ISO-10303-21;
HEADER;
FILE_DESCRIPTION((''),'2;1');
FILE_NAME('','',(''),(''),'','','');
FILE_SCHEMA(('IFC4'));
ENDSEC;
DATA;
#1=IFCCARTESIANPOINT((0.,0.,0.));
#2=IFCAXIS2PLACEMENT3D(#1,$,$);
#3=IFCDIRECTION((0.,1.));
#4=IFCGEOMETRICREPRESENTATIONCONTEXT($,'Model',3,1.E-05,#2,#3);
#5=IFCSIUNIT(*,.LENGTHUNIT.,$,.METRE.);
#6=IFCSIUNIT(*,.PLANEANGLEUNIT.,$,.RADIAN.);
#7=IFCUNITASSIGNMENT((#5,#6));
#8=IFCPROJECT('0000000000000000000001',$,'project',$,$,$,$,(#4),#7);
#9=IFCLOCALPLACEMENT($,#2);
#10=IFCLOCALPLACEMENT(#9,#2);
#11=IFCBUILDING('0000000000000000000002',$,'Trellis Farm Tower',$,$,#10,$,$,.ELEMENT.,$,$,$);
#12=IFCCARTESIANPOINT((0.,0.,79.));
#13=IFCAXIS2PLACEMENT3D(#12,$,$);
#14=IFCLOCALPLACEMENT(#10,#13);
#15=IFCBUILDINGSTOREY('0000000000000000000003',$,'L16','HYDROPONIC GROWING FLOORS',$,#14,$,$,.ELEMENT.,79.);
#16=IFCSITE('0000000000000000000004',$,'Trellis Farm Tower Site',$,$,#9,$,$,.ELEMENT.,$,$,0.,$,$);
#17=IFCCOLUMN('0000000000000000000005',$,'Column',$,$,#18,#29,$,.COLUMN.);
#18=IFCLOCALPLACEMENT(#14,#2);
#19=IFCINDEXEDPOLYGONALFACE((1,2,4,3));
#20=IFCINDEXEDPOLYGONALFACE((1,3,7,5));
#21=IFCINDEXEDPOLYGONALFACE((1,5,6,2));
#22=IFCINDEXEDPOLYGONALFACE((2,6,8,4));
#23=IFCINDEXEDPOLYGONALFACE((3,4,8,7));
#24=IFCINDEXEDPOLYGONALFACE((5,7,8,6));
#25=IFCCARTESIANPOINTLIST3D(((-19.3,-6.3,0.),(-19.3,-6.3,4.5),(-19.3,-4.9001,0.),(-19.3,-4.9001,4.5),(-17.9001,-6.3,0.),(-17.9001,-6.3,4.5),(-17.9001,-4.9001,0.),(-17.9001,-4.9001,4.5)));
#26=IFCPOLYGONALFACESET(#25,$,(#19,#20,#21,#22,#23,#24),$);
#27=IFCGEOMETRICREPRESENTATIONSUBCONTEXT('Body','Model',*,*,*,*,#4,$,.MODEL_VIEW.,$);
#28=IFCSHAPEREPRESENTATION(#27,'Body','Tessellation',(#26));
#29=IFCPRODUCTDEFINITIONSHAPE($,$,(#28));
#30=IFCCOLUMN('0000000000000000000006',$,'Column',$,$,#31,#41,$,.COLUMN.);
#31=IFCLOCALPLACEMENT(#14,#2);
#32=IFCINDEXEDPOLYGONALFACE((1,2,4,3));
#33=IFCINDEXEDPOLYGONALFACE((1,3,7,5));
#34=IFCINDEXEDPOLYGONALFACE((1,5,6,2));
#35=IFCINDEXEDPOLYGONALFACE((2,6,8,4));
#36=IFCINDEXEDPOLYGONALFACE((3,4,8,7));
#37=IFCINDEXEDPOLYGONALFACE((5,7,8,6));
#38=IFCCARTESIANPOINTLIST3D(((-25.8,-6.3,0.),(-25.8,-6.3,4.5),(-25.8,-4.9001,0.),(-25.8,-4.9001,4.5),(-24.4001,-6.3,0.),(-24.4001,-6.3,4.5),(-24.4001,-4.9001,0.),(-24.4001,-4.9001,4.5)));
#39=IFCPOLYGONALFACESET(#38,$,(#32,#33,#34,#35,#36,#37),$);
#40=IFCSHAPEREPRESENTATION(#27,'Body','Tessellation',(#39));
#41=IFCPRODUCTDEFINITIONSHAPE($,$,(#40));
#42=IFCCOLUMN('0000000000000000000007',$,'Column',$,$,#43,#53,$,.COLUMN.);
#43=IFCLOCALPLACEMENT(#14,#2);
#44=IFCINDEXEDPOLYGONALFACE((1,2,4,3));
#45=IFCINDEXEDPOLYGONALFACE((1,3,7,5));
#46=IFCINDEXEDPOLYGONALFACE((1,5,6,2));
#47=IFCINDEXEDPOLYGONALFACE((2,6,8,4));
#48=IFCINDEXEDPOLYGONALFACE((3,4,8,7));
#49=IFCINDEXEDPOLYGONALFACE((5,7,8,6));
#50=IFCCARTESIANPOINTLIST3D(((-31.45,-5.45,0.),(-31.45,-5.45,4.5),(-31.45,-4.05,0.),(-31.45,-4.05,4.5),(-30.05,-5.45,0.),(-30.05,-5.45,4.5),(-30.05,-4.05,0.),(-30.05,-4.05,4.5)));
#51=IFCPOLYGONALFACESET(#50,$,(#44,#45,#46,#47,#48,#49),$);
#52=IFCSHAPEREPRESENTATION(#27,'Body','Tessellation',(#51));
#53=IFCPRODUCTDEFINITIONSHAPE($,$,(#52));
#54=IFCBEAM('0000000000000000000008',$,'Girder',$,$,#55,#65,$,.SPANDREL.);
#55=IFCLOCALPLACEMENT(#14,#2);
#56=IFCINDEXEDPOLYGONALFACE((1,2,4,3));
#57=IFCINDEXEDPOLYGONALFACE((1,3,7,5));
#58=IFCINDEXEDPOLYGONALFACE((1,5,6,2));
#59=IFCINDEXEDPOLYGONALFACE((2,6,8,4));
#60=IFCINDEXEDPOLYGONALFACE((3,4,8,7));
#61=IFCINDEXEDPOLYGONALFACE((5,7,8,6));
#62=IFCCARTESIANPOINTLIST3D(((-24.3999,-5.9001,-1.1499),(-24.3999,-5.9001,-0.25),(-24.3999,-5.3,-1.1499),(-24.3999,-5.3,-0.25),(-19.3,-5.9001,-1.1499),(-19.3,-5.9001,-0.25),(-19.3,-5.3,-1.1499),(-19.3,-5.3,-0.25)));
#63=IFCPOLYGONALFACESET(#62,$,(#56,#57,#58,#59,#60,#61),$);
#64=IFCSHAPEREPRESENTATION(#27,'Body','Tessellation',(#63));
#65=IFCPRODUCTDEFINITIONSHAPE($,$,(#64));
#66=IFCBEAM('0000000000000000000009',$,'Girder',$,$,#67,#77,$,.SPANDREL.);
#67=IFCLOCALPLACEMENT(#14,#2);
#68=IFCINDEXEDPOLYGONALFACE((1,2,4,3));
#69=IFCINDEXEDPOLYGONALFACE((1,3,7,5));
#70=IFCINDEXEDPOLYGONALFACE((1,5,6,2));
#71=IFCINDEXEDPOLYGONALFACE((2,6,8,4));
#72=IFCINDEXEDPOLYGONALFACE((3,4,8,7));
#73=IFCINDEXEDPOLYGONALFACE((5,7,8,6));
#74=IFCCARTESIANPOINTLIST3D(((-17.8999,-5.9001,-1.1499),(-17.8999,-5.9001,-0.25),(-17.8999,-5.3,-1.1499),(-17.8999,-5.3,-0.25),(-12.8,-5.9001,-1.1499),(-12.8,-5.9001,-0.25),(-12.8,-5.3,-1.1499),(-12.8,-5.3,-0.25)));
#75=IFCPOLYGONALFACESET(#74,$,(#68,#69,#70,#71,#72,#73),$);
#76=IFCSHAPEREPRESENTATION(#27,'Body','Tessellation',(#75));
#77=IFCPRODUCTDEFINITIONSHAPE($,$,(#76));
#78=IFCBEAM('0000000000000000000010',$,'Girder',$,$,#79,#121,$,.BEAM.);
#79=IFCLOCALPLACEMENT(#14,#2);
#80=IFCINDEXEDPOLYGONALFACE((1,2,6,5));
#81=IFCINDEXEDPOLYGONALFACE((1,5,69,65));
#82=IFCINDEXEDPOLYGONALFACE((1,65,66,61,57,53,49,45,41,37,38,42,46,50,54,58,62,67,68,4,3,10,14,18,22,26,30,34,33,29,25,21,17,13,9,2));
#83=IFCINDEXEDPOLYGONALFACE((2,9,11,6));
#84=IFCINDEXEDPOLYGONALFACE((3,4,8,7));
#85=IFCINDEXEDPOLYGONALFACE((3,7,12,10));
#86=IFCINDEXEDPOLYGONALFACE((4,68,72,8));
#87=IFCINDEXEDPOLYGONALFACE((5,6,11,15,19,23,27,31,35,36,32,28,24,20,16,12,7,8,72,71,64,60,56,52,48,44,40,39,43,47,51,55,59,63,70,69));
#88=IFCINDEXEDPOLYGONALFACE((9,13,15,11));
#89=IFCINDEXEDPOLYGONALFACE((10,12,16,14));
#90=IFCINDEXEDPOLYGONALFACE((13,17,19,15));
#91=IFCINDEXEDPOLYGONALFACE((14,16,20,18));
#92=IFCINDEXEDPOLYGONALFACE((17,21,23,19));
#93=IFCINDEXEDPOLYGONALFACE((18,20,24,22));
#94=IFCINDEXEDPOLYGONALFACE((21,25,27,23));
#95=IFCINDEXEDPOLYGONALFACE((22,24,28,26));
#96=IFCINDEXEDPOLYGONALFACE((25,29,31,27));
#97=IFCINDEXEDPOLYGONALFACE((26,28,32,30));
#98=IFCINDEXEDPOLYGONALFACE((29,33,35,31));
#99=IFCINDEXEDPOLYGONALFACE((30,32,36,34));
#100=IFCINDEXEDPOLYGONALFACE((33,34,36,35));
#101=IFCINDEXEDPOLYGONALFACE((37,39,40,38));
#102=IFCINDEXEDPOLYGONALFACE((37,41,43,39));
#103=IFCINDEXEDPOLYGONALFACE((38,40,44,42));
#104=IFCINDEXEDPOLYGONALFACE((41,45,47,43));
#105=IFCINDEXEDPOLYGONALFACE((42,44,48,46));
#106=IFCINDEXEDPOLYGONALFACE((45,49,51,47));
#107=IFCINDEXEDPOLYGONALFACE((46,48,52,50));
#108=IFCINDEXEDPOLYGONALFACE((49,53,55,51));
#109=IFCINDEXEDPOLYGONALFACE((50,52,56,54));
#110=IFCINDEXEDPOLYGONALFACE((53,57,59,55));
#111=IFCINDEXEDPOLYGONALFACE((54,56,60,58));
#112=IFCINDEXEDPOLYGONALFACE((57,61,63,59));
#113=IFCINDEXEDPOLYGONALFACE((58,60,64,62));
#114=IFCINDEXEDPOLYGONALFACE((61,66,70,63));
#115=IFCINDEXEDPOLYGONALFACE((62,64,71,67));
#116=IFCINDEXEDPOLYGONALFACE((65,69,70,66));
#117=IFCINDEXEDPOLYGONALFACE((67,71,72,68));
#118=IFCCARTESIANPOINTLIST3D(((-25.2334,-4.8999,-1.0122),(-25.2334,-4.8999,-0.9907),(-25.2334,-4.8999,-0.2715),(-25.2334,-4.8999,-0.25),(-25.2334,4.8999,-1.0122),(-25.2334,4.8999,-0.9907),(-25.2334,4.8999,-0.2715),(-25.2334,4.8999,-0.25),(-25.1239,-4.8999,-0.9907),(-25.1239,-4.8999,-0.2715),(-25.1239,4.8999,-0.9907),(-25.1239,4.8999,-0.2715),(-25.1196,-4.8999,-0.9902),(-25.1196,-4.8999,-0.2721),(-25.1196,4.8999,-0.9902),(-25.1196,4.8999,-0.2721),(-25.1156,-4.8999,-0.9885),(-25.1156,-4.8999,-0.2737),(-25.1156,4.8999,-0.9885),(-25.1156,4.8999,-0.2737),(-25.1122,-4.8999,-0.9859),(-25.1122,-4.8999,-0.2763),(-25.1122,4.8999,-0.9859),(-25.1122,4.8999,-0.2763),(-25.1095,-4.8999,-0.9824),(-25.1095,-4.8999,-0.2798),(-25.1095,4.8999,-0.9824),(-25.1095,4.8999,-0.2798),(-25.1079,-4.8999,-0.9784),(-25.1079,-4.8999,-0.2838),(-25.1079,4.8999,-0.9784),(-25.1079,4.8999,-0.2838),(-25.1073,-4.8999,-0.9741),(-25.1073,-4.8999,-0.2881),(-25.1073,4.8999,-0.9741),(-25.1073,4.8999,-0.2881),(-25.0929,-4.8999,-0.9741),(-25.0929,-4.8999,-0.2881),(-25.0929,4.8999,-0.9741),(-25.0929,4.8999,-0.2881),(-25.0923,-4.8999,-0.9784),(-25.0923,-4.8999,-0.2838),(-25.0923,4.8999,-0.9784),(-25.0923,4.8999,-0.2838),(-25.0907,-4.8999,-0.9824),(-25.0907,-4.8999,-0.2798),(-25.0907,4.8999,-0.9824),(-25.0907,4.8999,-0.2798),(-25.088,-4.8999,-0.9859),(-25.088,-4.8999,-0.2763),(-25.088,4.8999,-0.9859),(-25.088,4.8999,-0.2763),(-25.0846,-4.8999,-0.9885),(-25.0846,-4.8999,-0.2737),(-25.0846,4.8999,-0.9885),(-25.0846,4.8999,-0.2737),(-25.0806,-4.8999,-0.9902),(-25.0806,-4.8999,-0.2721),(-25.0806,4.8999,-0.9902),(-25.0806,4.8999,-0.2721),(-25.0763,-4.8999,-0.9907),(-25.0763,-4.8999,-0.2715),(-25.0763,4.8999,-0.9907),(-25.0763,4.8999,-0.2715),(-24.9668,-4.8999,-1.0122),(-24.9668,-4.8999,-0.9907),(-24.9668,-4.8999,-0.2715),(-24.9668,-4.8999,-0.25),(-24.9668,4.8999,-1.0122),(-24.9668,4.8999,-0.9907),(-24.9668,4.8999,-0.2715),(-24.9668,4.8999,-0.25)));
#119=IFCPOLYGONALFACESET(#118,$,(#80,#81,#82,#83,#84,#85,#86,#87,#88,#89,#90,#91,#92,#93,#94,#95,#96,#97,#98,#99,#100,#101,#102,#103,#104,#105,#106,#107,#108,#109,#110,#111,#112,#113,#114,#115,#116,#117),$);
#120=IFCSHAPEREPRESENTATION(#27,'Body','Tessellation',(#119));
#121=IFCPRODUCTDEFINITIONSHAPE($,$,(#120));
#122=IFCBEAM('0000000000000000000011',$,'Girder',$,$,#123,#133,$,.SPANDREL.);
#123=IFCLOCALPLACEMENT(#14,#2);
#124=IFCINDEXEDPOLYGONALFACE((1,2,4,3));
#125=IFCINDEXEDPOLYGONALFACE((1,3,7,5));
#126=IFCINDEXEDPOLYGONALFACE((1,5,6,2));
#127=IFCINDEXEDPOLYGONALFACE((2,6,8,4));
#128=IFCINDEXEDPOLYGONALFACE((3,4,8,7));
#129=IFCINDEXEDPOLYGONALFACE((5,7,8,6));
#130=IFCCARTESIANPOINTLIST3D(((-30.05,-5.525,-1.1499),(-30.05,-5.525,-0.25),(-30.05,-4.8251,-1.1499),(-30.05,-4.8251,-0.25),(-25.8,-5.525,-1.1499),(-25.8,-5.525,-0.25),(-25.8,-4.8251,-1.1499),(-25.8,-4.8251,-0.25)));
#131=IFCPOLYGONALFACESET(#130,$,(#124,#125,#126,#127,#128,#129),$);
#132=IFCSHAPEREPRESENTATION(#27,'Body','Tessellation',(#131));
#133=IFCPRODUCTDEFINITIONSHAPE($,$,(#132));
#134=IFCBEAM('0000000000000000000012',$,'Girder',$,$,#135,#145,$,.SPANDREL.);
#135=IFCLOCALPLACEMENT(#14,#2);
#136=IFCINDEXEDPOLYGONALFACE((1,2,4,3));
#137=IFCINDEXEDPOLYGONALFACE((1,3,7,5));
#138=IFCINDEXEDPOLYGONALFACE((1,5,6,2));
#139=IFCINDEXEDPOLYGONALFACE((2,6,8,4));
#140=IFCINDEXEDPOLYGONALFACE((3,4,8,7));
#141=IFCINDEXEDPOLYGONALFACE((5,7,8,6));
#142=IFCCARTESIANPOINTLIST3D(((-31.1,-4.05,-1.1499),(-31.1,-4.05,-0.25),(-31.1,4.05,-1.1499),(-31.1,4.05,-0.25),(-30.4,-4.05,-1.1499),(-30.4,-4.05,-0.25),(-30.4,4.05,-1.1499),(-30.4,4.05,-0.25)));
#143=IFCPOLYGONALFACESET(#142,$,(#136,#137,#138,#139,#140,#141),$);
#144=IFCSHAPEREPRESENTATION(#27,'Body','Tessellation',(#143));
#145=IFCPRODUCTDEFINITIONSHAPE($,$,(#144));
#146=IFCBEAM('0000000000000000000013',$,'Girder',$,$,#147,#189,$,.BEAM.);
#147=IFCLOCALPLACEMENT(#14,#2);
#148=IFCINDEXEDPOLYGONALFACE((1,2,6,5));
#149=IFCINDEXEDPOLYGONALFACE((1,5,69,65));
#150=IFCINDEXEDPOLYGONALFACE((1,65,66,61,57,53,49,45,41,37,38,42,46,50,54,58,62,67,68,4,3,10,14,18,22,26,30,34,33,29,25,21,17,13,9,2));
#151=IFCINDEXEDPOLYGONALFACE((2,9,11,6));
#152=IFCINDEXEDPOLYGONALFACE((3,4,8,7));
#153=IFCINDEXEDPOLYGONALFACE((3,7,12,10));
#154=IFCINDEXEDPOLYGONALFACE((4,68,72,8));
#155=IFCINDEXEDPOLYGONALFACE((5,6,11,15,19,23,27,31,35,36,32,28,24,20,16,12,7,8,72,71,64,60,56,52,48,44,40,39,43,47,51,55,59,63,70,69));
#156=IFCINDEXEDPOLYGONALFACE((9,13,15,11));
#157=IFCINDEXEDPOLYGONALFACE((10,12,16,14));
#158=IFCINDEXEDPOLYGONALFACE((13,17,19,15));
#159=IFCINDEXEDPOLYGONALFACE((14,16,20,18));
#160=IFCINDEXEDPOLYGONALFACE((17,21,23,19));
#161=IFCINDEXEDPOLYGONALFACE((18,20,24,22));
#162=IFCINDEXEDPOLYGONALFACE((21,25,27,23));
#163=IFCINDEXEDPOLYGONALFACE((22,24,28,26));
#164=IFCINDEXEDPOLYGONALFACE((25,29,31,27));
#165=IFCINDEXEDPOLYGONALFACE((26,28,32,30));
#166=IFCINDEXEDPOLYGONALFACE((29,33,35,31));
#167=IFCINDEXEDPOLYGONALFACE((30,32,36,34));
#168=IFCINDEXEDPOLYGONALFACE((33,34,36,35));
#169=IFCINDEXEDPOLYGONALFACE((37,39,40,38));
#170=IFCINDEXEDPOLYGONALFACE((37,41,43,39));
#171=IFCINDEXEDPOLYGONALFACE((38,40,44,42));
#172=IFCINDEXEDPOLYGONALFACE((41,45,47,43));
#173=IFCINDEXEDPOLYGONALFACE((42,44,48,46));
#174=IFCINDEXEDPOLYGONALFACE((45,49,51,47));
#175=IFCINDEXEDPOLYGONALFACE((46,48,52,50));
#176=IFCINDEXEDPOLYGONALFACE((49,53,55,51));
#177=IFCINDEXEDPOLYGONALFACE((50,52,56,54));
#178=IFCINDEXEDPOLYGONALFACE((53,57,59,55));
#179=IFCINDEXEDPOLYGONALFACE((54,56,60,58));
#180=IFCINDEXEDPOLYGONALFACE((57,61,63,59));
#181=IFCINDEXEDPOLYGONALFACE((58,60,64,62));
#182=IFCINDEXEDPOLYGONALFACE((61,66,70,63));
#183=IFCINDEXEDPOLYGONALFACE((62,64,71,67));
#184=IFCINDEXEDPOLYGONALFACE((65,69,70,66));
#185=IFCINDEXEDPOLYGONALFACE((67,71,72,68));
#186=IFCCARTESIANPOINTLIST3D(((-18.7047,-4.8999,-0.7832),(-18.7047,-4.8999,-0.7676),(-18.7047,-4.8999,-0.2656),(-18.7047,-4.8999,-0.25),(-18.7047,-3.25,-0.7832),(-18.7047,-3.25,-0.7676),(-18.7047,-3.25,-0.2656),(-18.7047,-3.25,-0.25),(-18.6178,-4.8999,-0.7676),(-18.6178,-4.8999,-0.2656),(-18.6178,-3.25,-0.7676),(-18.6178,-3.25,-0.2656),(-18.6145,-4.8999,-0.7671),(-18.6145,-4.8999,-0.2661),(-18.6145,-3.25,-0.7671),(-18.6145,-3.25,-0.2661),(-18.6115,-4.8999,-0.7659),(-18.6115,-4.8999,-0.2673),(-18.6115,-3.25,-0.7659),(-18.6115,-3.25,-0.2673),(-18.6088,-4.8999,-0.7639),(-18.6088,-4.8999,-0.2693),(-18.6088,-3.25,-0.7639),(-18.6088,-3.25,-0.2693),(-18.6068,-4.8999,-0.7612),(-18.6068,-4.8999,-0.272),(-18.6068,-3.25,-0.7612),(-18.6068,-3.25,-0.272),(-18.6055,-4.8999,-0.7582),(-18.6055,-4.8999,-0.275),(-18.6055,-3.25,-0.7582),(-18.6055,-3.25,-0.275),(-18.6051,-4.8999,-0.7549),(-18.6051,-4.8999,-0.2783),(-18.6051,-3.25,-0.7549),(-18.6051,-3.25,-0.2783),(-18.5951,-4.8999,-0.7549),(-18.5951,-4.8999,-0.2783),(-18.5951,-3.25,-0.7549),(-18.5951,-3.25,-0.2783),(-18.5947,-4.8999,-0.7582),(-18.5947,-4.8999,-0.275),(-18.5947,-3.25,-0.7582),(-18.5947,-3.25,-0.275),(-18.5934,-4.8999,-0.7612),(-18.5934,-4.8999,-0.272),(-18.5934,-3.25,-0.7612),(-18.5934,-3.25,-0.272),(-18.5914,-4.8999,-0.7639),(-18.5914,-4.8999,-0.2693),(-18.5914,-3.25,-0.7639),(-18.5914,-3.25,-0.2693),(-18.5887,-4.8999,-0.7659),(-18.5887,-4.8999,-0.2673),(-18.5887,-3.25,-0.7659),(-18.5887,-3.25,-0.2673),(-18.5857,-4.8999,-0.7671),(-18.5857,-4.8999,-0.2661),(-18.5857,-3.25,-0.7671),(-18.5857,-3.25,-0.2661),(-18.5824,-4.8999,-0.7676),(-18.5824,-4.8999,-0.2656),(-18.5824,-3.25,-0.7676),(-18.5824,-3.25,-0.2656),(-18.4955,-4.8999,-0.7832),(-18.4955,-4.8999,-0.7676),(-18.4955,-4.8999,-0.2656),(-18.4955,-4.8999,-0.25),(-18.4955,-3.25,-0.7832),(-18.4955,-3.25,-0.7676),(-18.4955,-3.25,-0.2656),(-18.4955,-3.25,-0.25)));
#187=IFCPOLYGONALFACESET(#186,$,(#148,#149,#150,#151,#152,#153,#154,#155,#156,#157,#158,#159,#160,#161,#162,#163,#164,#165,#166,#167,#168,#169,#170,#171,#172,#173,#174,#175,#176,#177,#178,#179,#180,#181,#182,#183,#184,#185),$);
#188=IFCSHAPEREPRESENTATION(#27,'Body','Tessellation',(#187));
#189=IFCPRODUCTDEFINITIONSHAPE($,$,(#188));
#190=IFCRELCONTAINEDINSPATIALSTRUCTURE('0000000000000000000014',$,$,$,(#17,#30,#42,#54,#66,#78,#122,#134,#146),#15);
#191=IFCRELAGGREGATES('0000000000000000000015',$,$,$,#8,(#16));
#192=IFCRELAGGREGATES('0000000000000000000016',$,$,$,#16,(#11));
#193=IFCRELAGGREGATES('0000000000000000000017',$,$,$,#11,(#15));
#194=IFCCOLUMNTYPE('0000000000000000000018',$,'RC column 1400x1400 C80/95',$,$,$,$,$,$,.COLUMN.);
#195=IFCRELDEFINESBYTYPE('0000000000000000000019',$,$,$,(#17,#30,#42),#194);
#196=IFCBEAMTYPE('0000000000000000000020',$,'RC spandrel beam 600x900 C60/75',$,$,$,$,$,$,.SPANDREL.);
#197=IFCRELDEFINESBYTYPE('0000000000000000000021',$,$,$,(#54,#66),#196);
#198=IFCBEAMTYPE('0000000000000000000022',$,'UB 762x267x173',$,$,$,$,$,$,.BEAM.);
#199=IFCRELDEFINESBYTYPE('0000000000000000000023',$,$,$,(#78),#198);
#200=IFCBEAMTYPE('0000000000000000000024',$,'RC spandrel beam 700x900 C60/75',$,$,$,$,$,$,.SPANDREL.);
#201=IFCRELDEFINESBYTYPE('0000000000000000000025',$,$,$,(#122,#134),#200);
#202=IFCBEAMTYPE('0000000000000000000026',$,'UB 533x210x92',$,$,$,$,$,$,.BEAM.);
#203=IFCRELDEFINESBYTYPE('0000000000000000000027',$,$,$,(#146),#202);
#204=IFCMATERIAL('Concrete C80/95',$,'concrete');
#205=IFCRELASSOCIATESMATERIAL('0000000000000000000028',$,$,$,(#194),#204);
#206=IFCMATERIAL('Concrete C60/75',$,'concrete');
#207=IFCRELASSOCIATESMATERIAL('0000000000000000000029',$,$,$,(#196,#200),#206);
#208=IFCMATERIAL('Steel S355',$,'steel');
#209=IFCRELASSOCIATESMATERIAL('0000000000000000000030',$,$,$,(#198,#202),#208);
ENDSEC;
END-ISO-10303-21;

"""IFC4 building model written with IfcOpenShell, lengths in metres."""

from ifc_helpers import new_model, si_unit, direction, frame, origin, origin_2d, place, context, subcontext, project, spatial, rectangle, i_section, extrude, source, transform, mapped, material, material_profile, profile_set, type_object, element, save


model = new_model("IFC4")

# Units and contexts
model_context = context("Model", 3, precision=1e-05, world=origin(), true_north=direction((0.0, 1.0)))
body_context = subcontext(model_context, "Body", "Model", "MODEL_VIEW")
ifc_project = project(units=[si_unit("LENGTHUNIT", "METRE"), si_unit("PLANEANGLEUNIT", "RADIAN")], contexts=[model_context])

# Site, building, storey
site_placement = place(None, origin())
site = spatial("IfcSite", under=ifc_project, at=site_placement, Name="Trellis Farm Tower Site", CompositionType="ELEMENT", RefElevation=0.0)
building_placement = place(site_placement, origin())
building = spatial("IfcBuilding", under=site, at=building_placement, Name="Trellis Farm Tower", CompositionType="ELEMENT")
storey_placement = place(building_placement, frame((0.0, 0.0, 79.0)))
storey = spatial("IfcBuildingStorey", under=building, at=storey_placement, Name="L16", Description="HYDROPONIC GROWING FLOORS", CompositionType="ELEMENT", Elevation=79.0)

# Columns
ifc_material_1 = material(Name="Concrete C80/95", Category="concrete")
ifc_material_profile_1 = material_profile(ifc_material_1, rectangle(XDim=1.3999, YDim=1.3999, at=origin_2d()), Name="RC column 1400x1400 C80/95")
ifc_profile_set_1 = profile_set([ifc_material_profile_1], Name="Concrete C80/95")
column_type = type_object("IfcColumnType", Name="RC column 1400x1400 C80/95", PredefinedType="COLUMN", material=ifc_profile_set_1)
shared_shape_1 = source(origin(), body_context, "Body", "SweptSolid", [
    extrude(rectangle(XDim=1.3999, YDim=1.3999, at=origin_2d()), origin(), (0.0, 0.0, 1.0), 4.5),
])
for number, where, z_axis, x_axis, name in (
    (1, (-18.6001, -5.6001, 0.0), (0.0, 0.0, 1.0), (1.0, 0.0, 0.0), "Column"),
    (2, (-25.1001, -5.6001, 0.0), (0.0, 0.0, 1.0), (1.0, 0.0, 0.0), "Column"),
    (3, (-30.75, -4.75, 0.0), (0.0, 0.0, 1.0), (1.0, 0.0, 0.0), "Column"),
):
    element("IfcColumn", number, at=place(storey_placement, frame(where, z_axis=z_axis, x_axis=x_axis)), inside=storey, type_object=column_type, Name=name, PredefinedType="COLUMN", context=body_context, shape_type="MappedRepresentation", body=[
        mapped(shared_shape_1, transform((0.0, 0.0, 0.0))),
    ])

# Beams
ifc_material_2 = material(Name="Concrete C60/75", Category="concrete")
ifc_material_profile_2 = material_profile(ifc_material_2, rectangle(XDim=0.6001, YDim=0.8999, at=origin_2d()), Name="RC spandrel beam 600x900 C60/75")
ifc_profile_set_2 = profile_set([ifc_material_profile_2], Name="Concrete C60/75")
beam_type_1 = type_object("IfcBeamType", Name="RC spandrel beam 600x900 C60/75", PredefinedType="SPANDREL", material=ifc_profile_set_2)
shared_shape_2 = source(origin(), body_context, "Body", "SweptSolid", [
    extrude(rectangle(XDim=0.6001, YDim=0.8999, at=origin_2d()), origin(), (0.0, 0.0, 1.0), 5.0999),
])
for number, where, z_axis, x_axis, name in (
    (4, (-24.3999, -5.6001, -0.7), (1.0, 0.0, 0.0), (0.0, 1.0, 0.0), "Girder"),
    (5, (-17.8999, -5.6001, -0.7), (1.0, 0.0, 0.0), (0.0, 1.0, 0.0), "Girder"),
):
    element("IfcBeam", number, at=place(storey_placement, frame(where, z_axis=z_axis, x_axis=x_axis)), inside=storey, type_object=beam_type_1, Name=name, PredefinedType="SPANDREL", context=body_context, shape_type="MappedRepresentation", body=[
        mapped(shared_shape_2, transform((0.0, 0.0, 0.0))),
    ])
ifc_material_3 = material(Name="Steel S355", Category="steel")
ifc_material_profile_3 = material_profile(ifc_material_3, i_section(OverallWidth=0.2666, OverallDepth=0.7622, WebThickness=0.0144, FlangeThickness=0.0215, FilletRadius=0.0166, at=origin_2d()), Name="UB 762x267x173")
ifc_profile_set_3 = profile_set([ifc_material_profile_3], Name="Steel S355")
beam_type_2 = type_object("IfcBeamType", Name="UB 762x267x173", PredefinedType="BEAM", material=ifc_profile_set_3)
shared_shape_3 = source(origin(), body_context, "Body", "SweptSolid", [
    extrude(i_section(OverallWidth=0.2666, OverallDepth=0.7622, WebThickness=0.0144, FlangeThickness=0.0215, FilletRadius=0.0166, at=origin_2d()), origin(), (0.0, 0.0, 1.0), 9.7998),
])
beam_1_placement = place(storey_placement, frame((-25.1001, -4.8999, -0.6311), z_axis=(0.0, 1.0, 0.0), x_axis=(-1.0, 0.0, 0.0)))
element("IfcBeam", 6, at=beam_1_placement, inside=storey, type_object=beam_type_2, Name="Girder", PredefinedType="BEAM", context=body_context, shape_type="MappedRepresentation", body=[
    mapped(shared_shape_3, transform((0.0, 0.0, 0.0))),
])
ifc_material_profile_4 = material_profile(ifc_material_2, rectangle(XDim=0.7, YDim=0.8999, at=origin_2d()), Name="RC spandrel beam 700x900 C60/75")
ifc_profile_set_4 = profile_set([ifc_material_profile_4], Name="Concrete C60/75")
beam_type_3 = type_object("IfcBeamType", Name="RC spandrel beam 700x900 C60/75", PredefinedType="SPANDREL", material=ifc_profile_set_4)
shared_shape_4 = source(origin(), body_context, "Body", "SweptSolid", [
    extrude(rectangle(XDim=0.7, YDim=0.8999, at=origin_2d()), origin(), (0.0, 0.0, 1.0), 4.25),
])
beam_2_placement = place(storey_placement, frame((-30.05, -5.175, -0.7), z_axis=(1.0, 0.0, 0.0), x_axis=(0.0, 1.0, 0.0)))
element("IfcBeam", 7, at=beam_2_placement, inside=storey, type_object=beam_type_3, Name="Girder", PredefinedType="SPANDREL", context=body_context, shape_type="MappedRepresentation", body=[
    mapped(shared_shape_4, transform((0.0, 0.0, 0.0))),
])
shared_shape_5 = source(origin(), body_context, "Body", "SweptSolid", [
    extrude(rectangle(XDim=0.7, YDim=0.8999, at=origin_2d()), origin(), (0.0, 0.0, 1.0), 8.1001),
])
beam_3_placement = place(storey_placement, frame((-30.75, -4.05, -0.7), z_axis=(0.0, 1.0, 0.0), x_axis=(-1.0, 0.0, 0.0)))
element("IfcBeam", 8, at=beam_3_placement, inside=storey, type_object=beam_type_3, Name="Girder", PredefinedType="SPANDREL", context=body_context, shape_type="MappedRepresentation", body=[
    mapped(shared_shape_5, transform((0.0, 0.0, 0.0))),
])
ifc_material_profile_5 = material_profile(ifc_material_3, i_section(OverallWidth=0.2092, OverallDepth=0.5332, WebThickness=0.01, FlangeThickness=0.0156, FilletRadius=0.0127, at=origin_2d()), Name="UB 533x210x92")
ifc_profile_set_5 = profile_set([ifc_material_profile_5], Name="Steel S355")
beam_type_4 = type_object("IfcBeamType", Name="UB 533x210x92", PredefinedType="BEAM", material=ifc_profile_set_5)
shared_shape_6 = source(origin(), body_context, "Body", "SweptSolid", [
    extrude(i_section(OverallWidth=0.2092, OverallDepth=0.5332, WebThickness=0.01, FlangeThickness=0.0156, FilletRadius=0.0127, at=origin_2d()), origin(), (0.0, 0.0, 1.0), 1.6499),
])
beam_4_placement = place(storey_placement, frame((-18.6001, -4.8999, -0.5166), z_axis=(0.0, 1.0, 0.0), x_axis=(-1.0, 0.0, 0.0)))
element("IfcBeam", 9, at=beam_4_placement, inside=storey, type_object=beam_type_4, Name="Girder", PredefinedType="BEAM", context=body_context, shape_type="MappedRepresentation", body=[
    mapped(shared_shape_6, transform((0.0, 0.0, 0.0))),
])

save(model, "model.ifc")
